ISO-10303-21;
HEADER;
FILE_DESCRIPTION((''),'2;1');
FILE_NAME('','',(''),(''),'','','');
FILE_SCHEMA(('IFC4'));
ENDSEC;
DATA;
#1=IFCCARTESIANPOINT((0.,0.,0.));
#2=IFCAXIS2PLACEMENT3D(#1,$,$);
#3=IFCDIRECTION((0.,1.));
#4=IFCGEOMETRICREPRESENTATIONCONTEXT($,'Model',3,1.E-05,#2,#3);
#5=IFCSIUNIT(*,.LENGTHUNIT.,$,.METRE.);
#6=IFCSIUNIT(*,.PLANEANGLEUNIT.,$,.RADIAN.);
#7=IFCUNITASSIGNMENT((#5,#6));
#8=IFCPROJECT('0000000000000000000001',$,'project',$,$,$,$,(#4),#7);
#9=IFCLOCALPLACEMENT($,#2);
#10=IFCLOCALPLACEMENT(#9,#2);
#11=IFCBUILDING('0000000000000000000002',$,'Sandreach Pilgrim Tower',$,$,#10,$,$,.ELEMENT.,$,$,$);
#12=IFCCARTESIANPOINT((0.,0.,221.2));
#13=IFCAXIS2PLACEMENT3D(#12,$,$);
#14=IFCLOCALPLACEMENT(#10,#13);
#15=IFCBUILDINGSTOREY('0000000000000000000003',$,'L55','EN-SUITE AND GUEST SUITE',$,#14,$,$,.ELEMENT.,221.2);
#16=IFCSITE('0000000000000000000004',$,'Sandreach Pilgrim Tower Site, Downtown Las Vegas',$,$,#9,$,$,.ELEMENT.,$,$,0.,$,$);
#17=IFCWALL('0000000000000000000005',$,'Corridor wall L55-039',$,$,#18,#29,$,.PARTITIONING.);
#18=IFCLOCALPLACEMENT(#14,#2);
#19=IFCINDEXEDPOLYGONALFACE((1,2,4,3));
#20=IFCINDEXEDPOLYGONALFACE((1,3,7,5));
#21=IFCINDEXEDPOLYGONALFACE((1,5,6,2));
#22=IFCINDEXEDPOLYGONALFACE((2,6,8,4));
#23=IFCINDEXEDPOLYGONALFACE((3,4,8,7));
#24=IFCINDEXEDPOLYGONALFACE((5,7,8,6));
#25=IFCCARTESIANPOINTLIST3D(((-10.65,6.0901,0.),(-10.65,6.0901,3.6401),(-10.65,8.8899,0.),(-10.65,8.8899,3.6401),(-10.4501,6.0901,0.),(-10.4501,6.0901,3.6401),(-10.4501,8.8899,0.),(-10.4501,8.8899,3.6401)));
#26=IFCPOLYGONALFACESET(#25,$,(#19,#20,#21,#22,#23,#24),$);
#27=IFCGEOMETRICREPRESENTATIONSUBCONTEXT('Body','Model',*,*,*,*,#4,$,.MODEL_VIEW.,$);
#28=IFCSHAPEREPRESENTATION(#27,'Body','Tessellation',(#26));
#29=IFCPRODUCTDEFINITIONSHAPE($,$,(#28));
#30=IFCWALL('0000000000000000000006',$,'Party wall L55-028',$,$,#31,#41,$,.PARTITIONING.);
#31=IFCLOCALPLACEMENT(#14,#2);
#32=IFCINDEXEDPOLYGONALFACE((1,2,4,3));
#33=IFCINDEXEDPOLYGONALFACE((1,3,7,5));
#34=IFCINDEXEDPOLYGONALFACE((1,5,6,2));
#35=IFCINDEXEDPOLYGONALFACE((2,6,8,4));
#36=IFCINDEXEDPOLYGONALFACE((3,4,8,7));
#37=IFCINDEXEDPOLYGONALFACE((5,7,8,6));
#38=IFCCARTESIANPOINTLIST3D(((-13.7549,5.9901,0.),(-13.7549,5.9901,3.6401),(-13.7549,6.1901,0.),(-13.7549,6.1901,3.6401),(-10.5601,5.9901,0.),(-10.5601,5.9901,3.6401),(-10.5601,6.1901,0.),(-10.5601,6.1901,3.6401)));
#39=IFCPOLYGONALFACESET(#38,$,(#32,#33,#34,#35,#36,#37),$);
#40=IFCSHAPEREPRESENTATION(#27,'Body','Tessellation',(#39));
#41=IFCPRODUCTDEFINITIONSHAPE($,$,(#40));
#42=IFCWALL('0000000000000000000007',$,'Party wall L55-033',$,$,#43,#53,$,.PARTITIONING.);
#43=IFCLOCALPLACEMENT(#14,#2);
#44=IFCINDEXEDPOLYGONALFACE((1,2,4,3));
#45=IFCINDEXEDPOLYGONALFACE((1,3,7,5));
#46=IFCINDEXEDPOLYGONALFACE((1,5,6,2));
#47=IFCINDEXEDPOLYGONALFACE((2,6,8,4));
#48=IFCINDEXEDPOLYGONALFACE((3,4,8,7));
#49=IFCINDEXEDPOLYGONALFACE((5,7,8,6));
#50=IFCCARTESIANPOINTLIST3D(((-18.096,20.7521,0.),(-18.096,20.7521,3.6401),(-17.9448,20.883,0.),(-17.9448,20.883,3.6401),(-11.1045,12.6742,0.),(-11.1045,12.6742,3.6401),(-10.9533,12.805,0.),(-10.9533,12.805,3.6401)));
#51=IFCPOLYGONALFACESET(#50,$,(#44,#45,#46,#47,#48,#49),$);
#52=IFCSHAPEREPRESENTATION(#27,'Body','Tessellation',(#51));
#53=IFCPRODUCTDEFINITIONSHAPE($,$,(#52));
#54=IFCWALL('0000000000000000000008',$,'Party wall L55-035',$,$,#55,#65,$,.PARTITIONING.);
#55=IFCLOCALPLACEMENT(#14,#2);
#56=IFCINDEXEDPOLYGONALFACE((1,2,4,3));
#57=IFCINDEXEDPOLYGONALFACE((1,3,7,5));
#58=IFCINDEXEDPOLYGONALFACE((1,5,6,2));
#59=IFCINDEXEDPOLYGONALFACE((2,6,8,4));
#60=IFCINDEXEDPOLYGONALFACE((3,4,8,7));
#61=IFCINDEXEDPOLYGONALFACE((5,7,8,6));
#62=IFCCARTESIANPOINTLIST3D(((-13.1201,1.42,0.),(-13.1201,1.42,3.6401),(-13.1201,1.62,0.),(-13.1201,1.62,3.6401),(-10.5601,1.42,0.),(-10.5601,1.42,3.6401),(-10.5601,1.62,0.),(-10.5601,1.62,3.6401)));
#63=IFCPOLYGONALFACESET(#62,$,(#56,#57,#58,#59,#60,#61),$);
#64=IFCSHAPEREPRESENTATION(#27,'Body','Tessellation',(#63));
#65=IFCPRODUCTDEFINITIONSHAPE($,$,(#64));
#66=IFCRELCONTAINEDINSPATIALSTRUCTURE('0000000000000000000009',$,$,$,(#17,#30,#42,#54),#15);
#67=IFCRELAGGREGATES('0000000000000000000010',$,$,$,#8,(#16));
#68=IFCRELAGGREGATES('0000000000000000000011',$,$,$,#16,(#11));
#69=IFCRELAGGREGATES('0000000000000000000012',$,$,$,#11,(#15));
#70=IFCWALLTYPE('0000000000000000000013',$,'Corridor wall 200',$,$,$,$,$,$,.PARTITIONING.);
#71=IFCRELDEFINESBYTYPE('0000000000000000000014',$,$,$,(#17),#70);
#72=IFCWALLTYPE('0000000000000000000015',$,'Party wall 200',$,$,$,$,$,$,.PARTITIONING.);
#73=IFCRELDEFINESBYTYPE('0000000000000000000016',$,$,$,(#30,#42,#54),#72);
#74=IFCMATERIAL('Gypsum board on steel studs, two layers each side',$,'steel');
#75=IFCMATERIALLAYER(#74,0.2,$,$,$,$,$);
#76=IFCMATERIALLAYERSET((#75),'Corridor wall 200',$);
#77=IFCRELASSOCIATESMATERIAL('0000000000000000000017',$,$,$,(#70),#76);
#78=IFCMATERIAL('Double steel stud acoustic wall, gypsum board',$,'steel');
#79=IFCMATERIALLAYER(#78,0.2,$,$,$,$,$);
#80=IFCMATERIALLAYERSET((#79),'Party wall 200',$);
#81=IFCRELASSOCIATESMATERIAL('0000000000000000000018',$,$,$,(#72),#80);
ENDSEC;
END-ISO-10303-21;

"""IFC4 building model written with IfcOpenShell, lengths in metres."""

from ifc_helpers import new_model, si_unit, direction, frame, frame_2d, origin, place, context, subcontext, project, spatial, rectangle, extrude, material, layer, layer_set, type_object, element, save


model = new_model("IFC4")

# Units and contexts
model_context = context("Model", 3, precision=1e-05, world=origin(), true_north=direction((0.0, 1.0)))
body_context = subcontext(model_context, "Body", "Model", "MODEL_VIEW")
ifc_project = project(units=[si_unit("LENGTHUNIT", "METRE"), si_unit("PLANEANGLEUNIT", "RADIAN")], contexts=[model_context])

# Site, building, storey
site_placement = place(None, origin())
site = spatial("IfcSite", under=ifc_project, at=site_placement, Name="Sandreach Pilgrim Tower Site, Downtown Las Vegas", CompositionType="ELEMENT", RefElevation=0.0)
building_placement = place(site_placement, origin())
building = spatial("IfcBuilding", under=site, at=building_placement, Name="Sandreach Pilgrim Tower", CompositionType="ELEMENT")
storey_placement = place(building_placement, frame((0.0, 0.0, 221.2)))
storey = spatial("IfcBuildingStorey", under=building, at=storey_placement, Name="L55", Description="EN-SUITE AND GUEST SUITE", CompositionType="ELEMENT", Elevation=221.2)

# Shared definitions
ifc_material_1 = material(Name="Gypsum board on steel studs, two layers each side", Category="steel")
ifc_layer_1 = layer(ifc_material_1, 0.2)
ifc_layer_set_1 = layer_set([ifc_layer_1], Name="Corridor wall 200")
wall_type_1 = type_object("IfcWallType", Name="Corridor wall 200", PredefinedType="PARTITIONING", material=ifc_layer_set_1)

# Walls
wall_1_placement = place(storey_placement, frame((-10.55, 8.8899, 0.0), z_axis=(0.0, 0.0, 1.0), x_axis=(0.0, -1.0, 0.0)))
element("IfcWall", 1, at=wall_1_placement, inside=storey, type_object=wall_type_1, Name="Corridor wall L55-039", PredefinedType="PARTITIONING", context=body_context, shape_type="SweptSolid", body=[
    extrude(rectangle(XDim=2.7998, YDim=0.2, at=frame_2d((1.3999, 0.0))), origin(), (0.0, 0.0, 1.0), 3.6401),
])
ifc_material_2 = material(Name="Double steel stud acoustic wall, gypsum board", Category="steel")
ifc_layer_2 = layer(ifc_material_2, 0.2)
ifc_layer_set_2 = layer_set([ifc_layer_2], Name="Party wall 200")
wall_type_2 = type_object("IfcWallType", Name="Party wall 200", PredefinedType="PARTITIONING", material=ifc_layer_set_2)
wall_2_placement = place(storey_placement, frame((-13.7549, 6.0901, 0.0), z_axis=(0.0, 0.0, 1.0), x_axis=(1.0, 0.0, 0.0)))
element("IfcWall", 2, at=wall_2_placement, inside=storey, type_object=wall_type_2, Name="Party wall L55-028", PredefinedType="PARTITIONING", context=body_context, shape_type="SweptSolid", body=[
    extrude(rectangle(XDim=3.1948, YDim=0.2, at=frame_2d((1.5974, 0.0))), origin(), (0.0, 0.0, 1.0), 3.6401),
])
wall_3_placement = place(storey_placement, frame((-11.0288, 12.7395, 0.0), z_axis=(0.0, 0.0, 1.0), x_axis=(-0.654429, 0.756123, 0.0)))
element("IfcWall", 3, at=wall_3_placement, inside=storey, type_object=wall_type_2, Name="Party wall L55-033", PredefinedType="PARTITIONING", context=body_context, shape_type="SweptSolid", body=[
    extrude(rectangle(XDim=10.6833, YDim=0.2, at=frame_2d((5.3418, 0.0))), origin(), (0.0, 0.0, 1.0), 3.6401),
])
wall_4_placement = place(storey_placement, frame((-10.5601, 1.52, 0.0), z_axis=(0.0, 0.0, 1.0), x_axis=(-1.0, 0.0, 0.0)))
element("IfcWall", 4, at=wall_4_placement, inside=storey, type_object=wall_type_2, Name="Party wall L55-035", PredefinedType="PARTITIONING", context=body_context, shape_type="SweptSolid", body=[
    extrude(rectangle(XDim=2.5601, YDim=0.2, at=frame_2d((1.28, 0.0))), origin(), (0.0, 0.0, 1.0), 3.6401),
])

save(model, "model.ifc")
